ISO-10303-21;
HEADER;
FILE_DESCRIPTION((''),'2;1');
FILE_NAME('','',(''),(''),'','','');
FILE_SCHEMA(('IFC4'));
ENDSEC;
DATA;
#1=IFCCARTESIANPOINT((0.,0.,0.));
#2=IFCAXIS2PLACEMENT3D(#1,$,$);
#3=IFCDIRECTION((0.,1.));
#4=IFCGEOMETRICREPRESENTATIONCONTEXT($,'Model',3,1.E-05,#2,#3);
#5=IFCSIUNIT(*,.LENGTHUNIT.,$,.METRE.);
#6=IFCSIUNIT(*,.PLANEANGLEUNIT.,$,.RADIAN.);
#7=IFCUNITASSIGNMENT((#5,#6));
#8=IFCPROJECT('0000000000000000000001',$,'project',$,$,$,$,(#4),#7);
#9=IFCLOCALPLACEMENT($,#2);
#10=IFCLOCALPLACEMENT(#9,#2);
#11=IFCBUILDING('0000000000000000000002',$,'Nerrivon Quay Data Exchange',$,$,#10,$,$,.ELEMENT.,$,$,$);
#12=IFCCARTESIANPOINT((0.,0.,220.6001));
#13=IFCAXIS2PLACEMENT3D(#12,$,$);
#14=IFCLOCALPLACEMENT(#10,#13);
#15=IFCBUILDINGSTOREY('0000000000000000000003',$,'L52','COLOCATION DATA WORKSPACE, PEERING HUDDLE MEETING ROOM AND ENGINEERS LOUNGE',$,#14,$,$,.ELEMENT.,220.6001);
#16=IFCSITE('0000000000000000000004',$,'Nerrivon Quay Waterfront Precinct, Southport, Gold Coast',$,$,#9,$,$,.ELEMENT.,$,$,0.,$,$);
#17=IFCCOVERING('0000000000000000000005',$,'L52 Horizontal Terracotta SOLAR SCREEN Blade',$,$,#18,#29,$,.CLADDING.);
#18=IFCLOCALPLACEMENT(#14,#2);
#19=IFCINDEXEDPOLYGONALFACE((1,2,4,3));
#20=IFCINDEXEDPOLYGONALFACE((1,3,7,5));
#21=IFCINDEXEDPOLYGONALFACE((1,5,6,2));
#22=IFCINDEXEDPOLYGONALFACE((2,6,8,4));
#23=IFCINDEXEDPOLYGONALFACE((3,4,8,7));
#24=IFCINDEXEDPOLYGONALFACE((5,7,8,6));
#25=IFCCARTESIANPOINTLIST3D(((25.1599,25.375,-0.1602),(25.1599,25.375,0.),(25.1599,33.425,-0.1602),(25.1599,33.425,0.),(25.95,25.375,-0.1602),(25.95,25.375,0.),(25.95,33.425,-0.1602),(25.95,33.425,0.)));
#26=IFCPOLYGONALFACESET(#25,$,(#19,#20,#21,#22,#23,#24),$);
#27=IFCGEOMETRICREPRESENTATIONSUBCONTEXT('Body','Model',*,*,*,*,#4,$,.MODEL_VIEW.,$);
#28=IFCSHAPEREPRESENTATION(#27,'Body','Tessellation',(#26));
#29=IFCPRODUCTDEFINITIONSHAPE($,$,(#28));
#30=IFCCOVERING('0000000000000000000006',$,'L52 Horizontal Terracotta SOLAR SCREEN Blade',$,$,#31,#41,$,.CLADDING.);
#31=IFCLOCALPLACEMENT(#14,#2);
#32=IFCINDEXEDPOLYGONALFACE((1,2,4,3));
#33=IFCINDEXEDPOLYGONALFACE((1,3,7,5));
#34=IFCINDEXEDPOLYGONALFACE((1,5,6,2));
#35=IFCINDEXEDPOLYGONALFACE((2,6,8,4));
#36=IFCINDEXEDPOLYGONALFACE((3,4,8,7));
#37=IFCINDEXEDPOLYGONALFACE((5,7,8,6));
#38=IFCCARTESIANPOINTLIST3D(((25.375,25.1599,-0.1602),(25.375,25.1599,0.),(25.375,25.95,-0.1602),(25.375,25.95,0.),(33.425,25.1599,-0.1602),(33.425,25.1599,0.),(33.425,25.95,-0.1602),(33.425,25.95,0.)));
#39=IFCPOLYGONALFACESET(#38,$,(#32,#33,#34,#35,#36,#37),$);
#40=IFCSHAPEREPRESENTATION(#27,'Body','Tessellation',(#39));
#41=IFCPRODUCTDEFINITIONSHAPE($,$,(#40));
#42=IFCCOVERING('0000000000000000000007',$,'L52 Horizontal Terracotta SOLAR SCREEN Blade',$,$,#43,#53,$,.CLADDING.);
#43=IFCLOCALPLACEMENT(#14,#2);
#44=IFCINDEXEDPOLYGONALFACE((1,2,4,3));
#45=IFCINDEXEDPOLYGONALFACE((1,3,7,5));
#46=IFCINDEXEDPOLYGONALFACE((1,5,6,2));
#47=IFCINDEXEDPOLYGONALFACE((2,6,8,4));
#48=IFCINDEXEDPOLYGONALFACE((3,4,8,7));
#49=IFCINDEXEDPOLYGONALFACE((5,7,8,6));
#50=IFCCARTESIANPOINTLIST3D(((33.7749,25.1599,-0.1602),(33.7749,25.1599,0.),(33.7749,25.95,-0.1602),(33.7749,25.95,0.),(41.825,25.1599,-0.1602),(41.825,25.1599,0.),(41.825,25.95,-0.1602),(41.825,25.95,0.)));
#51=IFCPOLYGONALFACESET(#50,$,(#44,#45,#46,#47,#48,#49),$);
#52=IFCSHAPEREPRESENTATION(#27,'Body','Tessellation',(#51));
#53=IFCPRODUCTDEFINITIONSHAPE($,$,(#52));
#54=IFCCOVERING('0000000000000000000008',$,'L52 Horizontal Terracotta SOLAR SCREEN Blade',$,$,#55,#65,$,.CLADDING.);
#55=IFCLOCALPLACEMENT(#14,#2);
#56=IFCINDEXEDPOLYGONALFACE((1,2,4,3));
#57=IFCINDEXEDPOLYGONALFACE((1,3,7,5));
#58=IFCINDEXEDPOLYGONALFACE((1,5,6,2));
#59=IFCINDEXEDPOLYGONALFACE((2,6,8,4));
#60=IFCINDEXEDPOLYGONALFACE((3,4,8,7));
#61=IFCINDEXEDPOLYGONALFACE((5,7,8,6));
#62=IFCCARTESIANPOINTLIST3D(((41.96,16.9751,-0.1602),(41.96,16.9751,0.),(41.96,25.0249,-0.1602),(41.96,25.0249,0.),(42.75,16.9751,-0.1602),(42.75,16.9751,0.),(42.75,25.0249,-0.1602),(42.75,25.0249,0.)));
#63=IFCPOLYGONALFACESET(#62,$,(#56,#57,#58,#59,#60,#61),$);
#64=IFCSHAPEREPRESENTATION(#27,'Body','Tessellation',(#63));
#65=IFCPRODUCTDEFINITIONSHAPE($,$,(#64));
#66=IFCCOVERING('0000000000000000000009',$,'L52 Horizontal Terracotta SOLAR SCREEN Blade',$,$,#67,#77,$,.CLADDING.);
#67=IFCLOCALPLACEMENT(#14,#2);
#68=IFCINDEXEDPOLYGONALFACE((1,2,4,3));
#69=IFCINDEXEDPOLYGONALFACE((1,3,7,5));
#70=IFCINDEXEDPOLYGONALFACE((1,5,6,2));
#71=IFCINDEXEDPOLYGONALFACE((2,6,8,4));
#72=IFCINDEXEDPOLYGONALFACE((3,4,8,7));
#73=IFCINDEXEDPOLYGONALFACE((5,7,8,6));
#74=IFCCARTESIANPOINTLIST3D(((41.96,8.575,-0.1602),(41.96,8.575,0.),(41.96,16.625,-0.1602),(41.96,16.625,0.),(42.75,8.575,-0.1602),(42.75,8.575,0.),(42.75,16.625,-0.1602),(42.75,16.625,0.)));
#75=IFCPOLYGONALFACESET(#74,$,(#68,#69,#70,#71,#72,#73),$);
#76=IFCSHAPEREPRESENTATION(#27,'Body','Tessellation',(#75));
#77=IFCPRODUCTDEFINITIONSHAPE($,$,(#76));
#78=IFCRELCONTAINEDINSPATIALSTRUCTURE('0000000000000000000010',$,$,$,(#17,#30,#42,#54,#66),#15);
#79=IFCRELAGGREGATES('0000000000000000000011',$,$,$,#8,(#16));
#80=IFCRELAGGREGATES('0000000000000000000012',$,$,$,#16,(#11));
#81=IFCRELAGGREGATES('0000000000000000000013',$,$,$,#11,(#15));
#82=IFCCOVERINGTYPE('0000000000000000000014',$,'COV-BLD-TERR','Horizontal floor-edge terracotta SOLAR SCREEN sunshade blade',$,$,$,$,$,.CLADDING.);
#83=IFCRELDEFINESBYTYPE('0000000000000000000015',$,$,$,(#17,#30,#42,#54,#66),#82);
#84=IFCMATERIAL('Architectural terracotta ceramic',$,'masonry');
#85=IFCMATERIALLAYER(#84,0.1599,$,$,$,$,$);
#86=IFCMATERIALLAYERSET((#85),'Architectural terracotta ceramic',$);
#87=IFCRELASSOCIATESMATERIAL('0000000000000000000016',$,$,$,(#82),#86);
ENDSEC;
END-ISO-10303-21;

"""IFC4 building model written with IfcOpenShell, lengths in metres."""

from ifc_helpers import new_model, si_unit, direction, frame, origin, place, context, subcontext, project, spatial, polyline, outline, extrude, material, layer, layer_set, type_object, element, save


model = new_model("IFC4")

# Units and contexts
model_context = context("Model", 3, precision=1e-05, world=origin(), true_north=direction((0.0, 1.0)))
body_context = subcontext(model_context, "Body", "Model", "MODEL_VIEW")
ifc_project = project(units=[si_unit("LENGTHUNIT", "METRE"), si_unit("PLANEANGLEUNIT", "RADIAN")], contexts=[model_context])

# Site, building, storey
site_placement = place(None, origin())
site = spatial("IfcSite", under=ifc_project, at=site_placement, Name="Nerrivon Quay Waterfront Precinct, Southport, Gold Coast", CompositionType="ELEMENT", RefElevation=0.0)
building_placement = place(site_placement, origin())
building = spatial("IfcBuilding", under=site, at=building_placement, Name="Nerrivon Quay Data Exchange", CompositionType="ELEMENT")
storey_placement = place(building_placement, frame((0.0, 0.0, 220.6001)))
storey = spatial("IfcBuildingStorey", under=building, at=storey_placement, Name="L52", Description="COLOCATION DATA WORKSPACE, PEERING HUDDLE MEETING ROOM AND ENGINEERS LOUNGE", CompositionType="ELEMENT", Elevation=220.6001)

# Coverings
ifc_material_1 = material(Name="Architectural terracotta ceramic", Category="masonry")
ifc_layer_1 = layer(ifc_material_1, 0.1599)
ifc_layer_set_1 = layer_set([ifc_layer_1], Name="Architectural terracotta ceramic")
covering_type = type_object("IfcCoveringType", Name="COV-BLD-TERR", Description="Horizontal floor-edge terracotta SOLAR SCREEN sunshade blade", PredefinedType="CLADDING", material=ifc_layer_set_1)
covering_1_placement = place(storey_placement, frame((0.0, 0.0, -0.1602)))
element("IfcCovering", 1, at=covering_1_placement, inside=storey, type_object=covering_type, Name="L52 Horizontal Terracotta SOLAR SCREEN Blade", PredefinedType="CLADDING", context=body_context, shape_type="SweptSolid", body=[
    extrude(outline(polyline([(25.1599, 33.425), (25.1599, 25.375), (25.95, 25.375), (25.95, 33.425), (25.1599, 33.425)])), origin(), (0.0, 0.0, 1.0), 0.1602),
])
covering_2_placement = place(storey_placement, frame((0.0, 0.0, -0.1602)))
element("IfcCovering", 2, at=covering_2_placement, inside=storey, type_object=covering_type, Name="L52 Horizontal Terracotta SOLAR SCREEN Blade", PredefinedType="CLADDING", context=body_context, shape_type="SweptSolid", body=[
    extrude(outline(polyline([(25.375, 25.1599), (33.425, 25.1599), (33.425, 25.95), (25.375, 25.95), (25.375, 25.1599)])), origin(), (0.0, 0.0, 1.0), 0.1602),
])
covering_3_placement = place(storey_placement, frame((0.0, 0.0, -0.1602)))
element("IfcCovering", 3, at=covering_3_placement, inside=storey, type_object=covering_type, Name="L52 Horizontal Terracotta SOLAR SCREEN Blade", PredefinedType="CLADDING", context=body_context, shape_type="SweptSolid", body=[
    extrude(outline(polyline([(33.7749, 25.1599), (41.825, 25.1599), (41.825, 25.95), (33.7749, 25.95), (33.7749, 25.1599)])), origin(), (0.0, 0.0, 1.0), 0.1602),
])
covering_4_placement = place(storey_placement, frame((0.0, 0.0, -0.1602)))
element("IfcCovering", 4, at=covering_4_placement, inside=storey, type_object=covering_type, Name="L52 Horizontal Terracotta SOLAR SCREEN Blade", PredefinedType="CLADDING", context=body_context, shape_type="SweptSolid", body=[
    extrude(outline(polyline([(41.96, 25.0249), (41.96, 16.9751), (42.75, 16.9751), (42.75, 25.0249), (41.96, 25.0249)])), origin(), (0.0, 0.0, 1.0), 0.1602),
])
covering_5_placement = place(storey_placement, frame((0.0, 0.0, -0.1602)))
element("IfcCovering", 5, at=covering_5_placement, inside=storey, type_object=covering_type, Name="L52 Horizontal Terracotta SOLAR SCREEN Blade", PredefinedType="CLADDING", context=body_context, shape_type="SweptSolid", body=[
    extrude(outline(polyline([(41.96, 16.625), (41.96, 8.575), (42.75, 8.575), (42.75, 16.625), (41.96, 16.625)])), origin(), (0.0, 0.0, 1.0), 0.1602),
])

save(model, "model.ifc")
